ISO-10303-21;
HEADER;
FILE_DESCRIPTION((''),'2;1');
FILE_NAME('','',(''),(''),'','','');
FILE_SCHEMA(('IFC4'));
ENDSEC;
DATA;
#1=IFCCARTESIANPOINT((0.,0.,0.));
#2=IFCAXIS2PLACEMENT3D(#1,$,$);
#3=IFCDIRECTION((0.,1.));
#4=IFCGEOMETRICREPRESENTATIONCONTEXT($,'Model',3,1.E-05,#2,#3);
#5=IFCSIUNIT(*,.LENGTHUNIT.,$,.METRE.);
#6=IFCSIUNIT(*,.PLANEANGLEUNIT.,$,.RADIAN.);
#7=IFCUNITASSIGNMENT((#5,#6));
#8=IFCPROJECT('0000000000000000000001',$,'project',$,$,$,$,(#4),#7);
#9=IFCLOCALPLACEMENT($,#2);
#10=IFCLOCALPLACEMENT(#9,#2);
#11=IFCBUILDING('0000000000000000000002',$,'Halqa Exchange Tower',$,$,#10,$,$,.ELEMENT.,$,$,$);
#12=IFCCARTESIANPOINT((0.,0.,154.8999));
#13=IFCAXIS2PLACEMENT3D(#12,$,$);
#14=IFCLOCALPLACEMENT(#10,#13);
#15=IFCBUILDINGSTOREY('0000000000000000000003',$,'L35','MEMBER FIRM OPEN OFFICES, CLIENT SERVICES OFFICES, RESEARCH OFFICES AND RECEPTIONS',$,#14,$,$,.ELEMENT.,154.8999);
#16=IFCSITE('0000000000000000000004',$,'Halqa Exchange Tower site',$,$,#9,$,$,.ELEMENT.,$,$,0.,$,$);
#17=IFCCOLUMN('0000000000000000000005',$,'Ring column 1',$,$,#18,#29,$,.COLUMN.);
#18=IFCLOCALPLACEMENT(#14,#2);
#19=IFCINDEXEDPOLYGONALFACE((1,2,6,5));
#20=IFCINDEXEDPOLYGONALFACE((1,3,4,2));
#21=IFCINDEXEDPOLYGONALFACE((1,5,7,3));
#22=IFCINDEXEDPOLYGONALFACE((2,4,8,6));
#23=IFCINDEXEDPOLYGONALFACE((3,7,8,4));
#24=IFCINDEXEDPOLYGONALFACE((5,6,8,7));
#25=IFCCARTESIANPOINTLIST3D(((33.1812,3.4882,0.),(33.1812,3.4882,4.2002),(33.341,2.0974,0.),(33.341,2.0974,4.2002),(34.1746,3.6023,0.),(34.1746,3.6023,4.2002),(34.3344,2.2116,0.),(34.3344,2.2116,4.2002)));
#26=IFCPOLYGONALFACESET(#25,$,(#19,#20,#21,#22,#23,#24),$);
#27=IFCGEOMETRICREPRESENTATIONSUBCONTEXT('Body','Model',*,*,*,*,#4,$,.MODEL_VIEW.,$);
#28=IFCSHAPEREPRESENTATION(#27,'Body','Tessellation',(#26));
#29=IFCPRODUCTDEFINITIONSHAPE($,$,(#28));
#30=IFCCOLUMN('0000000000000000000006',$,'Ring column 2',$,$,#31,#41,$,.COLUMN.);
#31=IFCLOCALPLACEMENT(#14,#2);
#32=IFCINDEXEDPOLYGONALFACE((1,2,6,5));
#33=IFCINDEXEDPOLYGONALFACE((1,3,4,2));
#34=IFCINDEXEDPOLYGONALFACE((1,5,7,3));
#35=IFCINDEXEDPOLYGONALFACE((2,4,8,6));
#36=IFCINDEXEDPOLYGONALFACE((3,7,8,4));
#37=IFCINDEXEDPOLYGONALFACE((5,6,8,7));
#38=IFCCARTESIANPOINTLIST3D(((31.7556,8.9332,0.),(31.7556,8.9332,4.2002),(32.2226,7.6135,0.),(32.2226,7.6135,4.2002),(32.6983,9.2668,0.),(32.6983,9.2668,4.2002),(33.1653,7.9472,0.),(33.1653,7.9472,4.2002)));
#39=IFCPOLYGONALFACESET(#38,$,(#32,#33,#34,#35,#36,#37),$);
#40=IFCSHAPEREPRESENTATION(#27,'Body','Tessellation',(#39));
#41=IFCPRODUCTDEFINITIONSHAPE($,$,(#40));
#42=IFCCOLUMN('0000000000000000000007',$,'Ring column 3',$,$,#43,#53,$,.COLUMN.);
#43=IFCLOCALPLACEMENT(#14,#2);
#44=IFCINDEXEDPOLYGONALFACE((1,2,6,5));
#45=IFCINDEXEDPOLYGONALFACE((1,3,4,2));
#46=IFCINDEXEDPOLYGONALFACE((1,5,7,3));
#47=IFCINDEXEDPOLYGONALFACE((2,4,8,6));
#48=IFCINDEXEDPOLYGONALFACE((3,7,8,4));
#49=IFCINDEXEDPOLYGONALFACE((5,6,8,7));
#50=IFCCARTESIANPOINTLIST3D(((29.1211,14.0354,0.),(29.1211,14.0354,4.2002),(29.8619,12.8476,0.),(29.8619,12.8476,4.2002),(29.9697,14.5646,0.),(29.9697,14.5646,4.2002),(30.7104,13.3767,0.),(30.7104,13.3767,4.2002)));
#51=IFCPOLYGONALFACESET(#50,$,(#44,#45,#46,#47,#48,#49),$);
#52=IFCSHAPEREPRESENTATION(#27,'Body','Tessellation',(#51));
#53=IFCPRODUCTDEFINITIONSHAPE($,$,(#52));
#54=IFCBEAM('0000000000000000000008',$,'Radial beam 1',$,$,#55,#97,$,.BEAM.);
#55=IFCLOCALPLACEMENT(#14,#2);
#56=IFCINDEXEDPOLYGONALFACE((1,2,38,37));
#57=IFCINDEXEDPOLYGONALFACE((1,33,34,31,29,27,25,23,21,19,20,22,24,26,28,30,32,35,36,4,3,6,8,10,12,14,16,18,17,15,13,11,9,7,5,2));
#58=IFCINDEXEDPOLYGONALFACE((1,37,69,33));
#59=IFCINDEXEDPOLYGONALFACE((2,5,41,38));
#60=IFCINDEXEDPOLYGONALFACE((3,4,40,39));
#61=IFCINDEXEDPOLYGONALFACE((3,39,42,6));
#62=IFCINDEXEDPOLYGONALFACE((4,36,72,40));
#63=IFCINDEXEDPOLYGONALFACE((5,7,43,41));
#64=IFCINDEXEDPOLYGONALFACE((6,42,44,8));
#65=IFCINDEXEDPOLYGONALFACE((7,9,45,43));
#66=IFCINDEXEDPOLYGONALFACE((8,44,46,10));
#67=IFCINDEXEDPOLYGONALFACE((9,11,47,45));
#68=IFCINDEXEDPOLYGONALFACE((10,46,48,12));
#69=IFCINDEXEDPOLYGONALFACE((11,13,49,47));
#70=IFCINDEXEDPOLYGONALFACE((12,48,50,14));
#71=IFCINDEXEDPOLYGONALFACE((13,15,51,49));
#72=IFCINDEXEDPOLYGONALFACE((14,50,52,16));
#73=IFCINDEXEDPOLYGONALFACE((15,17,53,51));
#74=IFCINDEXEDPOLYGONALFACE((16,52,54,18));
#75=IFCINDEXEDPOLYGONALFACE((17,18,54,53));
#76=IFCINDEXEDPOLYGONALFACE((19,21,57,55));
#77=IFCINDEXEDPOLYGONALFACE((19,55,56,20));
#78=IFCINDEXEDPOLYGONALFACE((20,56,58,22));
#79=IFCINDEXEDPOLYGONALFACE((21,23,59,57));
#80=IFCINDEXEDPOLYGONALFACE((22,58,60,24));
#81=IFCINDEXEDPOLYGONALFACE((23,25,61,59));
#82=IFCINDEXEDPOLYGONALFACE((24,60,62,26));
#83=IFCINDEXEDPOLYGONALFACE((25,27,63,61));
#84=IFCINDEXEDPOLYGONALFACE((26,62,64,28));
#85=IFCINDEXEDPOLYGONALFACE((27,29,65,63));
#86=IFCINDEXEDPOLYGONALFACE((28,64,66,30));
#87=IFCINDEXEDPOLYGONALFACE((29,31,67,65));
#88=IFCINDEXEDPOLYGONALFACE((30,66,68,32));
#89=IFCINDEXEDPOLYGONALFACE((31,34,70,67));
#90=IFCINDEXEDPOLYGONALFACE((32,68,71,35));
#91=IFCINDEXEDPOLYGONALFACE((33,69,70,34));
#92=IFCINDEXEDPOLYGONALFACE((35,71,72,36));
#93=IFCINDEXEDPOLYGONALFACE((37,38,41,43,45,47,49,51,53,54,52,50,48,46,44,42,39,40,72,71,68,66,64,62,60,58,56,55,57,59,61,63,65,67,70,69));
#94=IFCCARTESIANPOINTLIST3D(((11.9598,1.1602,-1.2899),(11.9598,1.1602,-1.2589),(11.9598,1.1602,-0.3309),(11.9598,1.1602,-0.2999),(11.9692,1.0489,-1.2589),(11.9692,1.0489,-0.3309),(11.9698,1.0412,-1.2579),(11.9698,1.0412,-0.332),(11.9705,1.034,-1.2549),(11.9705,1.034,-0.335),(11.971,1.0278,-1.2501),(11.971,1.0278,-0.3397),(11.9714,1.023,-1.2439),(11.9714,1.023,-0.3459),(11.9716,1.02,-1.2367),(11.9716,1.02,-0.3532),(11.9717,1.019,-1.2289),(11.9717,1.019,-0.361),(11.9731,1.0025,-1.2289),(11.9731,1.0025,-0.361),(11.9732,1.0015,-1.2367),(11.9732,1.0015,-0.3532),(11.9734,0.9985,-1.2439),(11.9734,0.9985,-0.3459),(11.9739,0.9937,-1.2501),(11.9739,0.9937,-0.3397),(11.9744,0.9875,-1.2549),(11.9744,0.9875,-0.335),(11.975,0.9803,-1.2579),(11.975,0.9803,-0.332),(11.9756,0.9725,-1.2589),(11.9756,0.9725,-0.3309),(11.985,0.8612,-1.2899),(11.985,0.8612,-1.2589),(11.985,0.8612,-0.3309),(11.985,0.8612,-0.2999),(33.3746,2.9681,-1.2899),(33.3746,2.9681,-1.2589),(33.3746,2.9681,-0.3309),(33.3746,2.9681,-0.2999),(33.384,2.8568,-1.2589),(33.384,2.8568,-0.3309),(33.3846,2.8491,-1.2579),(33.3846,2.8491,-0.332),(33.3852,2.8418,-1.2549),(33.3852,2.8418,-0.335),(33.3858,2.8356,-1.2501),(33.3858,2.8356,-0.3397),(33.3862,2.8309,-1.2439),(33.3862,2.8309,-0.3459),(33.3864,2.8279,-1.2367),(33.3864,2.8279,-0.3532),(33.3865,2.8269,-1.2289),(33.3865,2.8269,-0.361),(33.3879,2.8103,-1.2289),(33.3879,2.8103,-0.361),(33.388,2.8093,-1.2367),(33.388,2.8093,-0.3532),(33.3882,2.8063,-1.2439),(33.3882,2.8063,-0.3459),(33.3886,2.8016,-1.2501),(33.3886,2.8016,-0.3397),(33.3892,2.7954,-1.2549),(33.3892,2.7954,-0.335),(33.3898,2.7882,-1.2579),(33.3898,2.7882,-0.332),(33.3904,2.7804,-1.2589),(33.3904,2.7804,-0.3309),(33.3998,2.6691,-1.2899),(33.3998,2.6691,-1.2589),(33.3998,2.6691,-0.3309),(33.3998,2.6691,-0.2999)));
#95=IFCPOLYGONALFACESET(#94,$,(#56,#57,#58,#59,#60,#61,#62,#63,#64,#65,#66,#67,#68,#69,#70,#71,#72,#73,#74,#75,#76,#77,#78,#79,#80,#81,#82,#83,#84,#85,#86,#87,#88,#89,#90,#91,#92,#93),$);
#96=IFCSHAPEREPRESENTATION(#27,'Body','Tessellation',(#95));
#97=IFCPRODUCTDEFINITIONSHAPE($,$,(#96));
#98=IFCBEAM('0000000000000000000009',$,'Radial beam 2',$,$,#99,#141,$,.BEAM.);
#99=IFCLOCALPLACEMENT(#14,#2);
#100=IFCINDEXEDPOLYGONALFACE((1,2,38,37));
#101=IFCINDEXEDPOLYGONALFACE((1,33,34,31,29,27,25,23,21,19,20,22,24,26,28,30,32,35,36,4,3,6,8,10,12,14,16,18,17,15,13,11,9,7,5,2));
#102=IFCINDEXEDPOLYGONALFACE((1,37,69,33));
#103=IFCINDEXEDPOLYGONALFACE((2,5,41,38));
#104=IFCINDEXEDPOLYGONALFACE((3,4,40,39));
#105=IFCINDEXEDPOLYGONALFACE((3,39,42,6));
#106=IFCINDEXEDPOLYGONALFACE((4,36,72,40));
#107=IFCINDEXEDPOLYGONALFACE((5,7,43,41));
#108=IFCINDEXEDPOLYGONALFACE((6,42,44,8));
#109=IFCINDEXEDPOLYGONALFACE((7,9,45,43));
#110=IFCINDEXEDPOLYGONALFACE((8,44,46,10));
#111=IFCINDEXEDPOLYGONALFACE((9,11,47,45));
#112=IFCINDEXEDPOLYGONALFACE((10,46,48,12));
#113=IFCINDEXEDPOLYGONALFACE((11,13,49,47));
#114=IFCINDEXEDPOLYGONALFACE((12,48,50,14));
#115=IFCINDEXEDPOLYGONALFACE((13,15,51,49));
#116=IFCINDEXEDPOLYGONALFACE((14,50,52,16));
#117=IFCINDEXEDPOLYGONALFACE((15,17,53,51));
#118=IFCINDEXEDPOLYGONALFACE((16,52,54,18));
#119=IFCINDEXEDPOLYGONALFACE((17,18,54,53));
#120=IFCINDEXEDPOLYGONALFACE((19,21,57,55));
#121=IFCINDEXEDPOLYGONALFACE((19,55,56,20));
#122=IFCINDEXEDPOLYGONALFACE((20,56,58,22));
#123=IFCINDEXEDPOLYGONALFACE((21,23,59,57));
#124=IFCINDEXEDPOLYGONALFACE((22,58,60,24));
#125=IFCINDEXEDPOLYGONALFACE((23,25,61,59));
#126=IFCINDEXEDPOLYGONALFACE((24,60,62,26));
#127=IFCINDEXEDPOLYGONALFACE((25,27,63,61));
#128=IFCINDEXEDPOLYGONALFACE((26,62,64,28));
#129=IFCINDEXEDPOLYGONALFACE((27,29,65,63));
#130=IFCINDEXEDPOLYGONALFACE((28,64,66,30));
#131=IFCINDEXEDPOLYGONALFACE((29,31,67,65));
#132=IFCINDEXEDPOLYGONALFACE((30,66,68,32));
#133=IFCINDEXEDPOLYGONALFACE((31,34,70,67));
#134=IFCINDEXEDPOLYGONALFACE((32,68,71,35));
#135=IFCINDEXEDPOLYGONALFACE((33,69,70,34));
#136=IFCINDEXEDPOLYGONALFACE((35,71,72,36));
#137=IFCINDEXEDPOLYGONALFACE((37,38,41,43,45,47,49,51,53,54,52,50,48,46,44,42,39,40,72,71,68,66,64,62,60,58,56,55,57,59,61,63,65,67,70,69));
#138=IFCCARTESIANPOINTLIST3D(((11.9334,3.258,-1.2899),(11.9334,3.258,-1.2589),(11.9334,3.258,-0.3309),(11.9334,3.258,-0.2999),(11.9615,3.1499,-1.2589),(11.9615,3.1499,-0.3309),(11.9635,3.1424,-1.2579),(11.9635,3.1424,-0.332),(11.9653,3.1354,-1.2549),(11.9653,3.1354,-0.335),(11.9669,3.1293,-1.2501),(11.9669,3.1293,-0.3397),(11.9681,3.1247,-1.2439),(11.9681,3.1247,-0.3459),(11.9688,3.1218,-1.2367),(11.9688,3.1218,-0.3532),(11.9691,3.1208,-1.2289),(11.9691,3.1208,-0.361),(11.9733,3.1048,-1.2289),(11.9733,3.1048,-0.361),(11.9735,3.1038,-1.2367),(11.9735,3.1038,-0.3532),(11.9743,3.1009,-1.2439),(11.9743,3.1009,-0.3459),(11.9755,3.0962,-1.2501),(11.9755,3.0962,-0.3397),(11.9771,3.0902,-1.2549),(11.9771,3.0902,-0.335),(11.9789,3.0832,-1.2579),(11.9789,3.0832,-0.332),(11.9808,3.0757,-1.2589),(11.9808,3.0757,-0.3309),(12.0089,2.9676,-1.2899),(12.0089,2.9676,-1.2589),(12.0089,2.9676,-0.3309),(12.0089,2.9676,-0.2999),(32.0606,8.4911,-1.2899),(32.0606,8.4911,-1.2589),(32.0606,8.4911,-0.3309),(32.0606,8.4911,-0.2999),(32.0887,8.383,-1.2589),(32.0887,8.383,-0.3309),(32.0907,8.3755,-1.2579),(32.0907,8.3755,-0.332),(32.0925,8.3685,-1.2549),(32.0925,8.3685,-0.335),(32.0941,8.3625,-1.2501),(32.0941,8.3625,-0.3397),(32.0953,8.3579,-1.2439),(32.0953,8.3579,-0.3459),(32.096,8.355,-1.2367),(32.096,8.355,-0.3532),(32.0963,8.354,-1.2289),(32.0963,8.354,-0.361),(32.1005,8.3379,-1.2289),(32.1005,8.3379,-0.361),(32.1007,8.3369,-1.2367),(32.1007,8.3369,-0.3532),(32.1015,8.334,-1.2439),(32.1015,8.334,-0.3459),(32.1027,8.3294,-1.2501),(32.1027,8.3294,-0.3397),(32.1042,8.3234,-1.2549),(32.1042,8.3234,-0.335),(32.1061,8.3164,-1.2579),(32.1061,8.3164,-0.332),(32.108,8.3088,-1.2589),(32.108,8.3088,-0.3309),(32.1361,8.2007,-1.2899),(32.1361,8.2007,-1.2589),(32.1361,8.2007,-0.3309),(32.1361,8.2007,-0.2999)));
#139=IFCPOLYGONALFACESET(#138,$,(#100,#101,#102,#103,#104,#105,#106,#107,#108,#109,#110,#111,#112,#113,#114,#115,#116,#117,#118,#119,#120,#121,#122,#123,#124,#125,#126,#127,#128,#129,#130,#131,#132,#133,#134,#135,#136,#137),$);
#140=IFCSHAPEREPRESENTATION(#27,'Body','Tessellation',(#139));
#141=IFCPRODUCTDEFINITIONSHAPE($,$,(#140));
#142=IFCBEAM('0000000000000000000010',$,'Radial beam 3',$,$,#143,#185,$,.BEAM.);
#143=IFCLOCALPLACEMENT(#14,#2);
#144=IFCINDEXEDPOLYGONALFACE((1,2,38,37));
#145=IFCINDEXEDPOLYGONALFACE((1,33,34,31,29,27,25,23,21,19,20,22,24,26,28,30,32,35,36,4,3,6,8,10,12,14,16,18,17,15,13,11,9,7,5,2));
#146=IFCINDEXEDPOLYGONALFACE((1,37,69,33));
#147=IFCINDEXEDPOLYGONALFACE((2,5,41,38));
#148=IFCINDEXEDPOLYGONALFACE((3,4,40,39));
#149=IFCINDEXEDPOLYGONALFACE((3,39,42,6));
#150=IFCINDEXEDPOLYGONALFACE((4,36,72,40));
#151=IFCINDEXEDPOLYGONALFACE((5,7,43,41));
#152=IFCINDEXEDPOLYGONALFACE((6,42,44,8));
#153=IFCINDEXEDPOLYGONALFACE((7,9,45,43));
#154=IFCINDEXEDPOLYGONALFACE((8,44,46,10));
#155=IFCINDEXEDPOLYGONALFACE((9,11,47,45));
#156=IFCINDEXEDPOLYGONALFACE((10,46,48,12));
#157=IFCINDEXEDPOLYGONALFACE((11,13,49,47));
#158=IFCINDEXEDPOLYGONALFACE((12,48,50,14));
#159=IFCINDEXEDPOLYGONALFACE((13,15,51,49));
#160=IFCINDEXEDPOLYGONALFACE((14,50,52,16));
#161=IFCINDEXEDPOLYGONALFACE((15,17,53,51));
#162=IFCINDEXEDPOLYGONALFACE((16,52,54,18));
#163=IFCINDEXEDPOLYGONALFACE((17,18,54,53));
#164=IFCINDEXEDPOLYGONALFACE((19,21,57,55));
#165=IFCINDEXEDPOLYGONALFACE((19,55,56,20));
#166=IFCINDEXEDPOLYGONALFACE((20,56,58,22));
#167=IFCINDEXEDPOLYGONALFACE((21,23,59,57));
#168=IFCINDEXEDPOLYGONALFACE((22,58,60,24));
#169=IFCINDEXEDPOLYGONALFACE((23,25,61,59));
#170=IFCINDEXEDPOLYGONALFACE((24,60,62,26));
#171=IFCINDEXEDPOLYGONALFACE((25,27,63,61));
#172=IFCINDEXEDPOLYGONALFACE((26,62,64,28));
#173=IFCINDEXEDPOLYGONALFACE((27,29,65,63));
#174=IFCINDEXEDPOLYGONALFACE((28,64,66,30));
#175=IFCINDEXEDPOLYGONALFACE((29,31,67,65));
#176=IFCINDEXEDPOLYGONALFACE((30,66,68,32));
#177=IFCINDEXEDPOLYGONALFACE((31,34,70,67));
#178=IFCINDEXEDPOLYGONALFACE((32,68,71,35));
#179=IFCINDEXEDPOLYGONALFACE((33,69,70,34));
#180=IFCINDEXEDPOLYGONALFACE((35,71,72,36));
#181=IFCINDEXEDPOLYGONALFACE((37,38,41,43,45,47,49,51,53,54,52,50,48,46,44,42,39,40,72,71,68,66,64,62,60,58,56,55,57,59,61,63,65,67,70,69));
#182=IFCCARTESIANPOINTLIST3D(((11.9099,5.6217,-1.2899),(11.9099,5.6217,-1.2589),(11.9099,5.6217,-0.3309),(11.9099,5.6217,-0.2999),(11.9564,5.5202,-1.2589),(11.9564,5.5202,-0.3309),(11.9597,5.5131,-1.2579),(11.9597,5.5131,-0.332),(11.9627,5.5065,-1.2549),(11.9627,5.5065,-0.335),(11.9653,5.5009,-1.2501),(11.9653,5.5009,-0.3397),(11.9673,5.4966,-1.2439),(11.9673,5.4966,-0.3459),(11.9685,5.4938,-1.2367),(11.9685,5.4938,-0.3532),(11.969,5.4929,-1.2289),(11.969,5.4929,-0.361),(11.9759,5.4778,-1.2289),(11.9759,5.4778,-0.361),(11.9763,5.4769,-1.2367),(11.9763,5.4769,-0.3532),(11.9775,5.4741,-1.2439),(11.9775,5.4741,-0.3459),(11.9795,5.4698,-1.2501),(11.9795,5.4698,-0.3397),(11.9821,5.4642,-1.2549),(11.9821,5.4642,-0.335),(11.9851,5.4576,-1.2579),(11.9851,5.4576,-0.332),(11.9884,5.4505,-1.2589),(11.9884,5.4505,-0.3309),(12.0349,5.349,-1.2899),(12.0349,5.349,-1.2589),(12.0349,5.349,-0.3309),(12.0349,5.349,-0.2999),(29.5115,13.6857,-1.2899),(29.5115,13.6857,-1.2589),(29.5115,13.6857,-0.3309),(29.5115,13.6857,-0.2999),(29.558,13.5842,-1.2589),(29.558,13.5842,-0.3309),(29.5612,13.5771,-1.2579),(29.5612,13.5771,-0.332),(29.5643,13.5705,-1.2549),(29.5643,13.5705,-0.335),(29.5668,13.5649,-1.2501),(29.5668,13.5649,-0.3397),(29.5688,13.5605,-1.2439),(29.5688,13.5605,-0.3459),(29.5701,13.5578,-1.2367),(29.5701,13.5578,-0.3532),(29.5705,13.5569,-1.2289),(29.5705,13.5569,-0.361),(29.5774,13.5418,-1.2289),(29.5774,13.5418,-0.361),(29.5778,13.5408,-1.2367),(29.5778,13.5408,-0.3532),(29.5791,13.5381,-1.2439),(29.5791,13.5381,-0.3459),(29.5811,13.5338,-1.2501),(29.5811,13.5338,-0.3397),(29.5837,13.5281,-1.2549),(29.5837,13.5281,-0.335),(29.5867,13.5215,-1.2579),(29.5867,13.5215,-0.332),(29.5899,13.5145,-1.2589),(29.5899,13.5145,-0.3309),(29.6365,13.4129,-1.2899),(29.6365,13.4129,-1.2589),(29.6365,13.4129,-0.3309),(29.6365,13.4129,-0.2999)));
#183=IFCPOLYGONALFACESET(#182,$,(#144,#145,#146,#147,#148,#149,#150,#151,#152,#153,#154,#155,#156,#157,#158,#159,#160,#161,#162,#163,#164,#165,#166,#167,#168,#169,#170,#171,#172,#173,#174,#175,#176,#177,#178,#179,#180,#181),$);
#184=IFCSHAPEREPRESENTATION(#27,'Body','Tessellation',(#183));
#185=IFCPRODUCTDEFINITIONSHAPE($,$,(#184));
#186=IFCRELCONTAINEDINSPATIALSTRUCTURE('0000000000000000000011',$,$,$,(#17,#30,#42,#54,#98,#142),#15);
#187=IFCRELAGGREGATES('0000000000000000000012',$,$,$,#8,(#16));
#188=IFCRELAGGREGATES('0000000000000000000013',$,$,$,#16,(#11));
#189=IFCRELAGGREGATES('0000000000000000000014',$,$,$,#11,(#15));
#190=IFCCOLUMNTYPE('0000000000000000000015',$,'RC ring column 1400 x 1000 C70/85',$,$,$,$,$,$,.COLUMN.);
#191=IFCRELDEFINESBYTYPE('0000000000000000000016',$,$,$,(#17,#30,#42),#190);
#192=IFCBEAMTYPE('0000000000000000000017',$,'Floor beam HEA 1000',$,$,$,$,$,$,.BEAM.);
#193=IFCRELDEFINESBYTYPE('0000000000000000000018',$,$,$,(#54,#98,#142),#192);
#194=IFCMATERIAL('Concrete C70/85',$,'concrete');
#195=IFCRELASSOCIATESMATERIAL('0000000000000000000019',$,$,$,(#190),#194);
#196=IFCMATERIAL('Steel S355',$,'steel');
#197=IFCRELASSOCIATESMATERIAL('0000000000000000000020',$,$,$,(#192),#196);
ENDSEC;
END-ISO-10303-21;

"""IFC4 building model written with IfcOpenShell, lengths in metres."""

from ifc_helpers import new_model, si_unit, direction, frame, origin, origin_2d, place, context, subcontext, project, spatial, rectangle, i_section, extrude, material, material_profile, profile_set, type_object, element, save


model = new_model("IFC4")

# Units and contexts
model_context = context("Model", 3, precision=1e-05, world=origin(), true_north=direction((0.0, 1.0)))
body_context = subcontext(model_context, "Body", "Model", "MODEL_VIEW")
ifc_project = project(units=[si_unit("LENGTHUNIT", "METRE"), si_unit("PLANEANGLEUNIT", "RADIAN")], contexts=[model_context])

# Site, building, storey
site_placement = place(None, origin())
site = spatial("IfcSite", under=ifc_project, at=site_placement, Name="Halqa Exchange Tower site", CompositionType="ELEMENT", RefElevation=0.0)
building_placement = place(site_placement, origin())
building = spatial("IfcBuilding", under=site, at=building_placement, Name="Halqa Exchange Tower", CompositionType="ELEMENT")
storey_placement = place(building_placement, frame((0.0, 0.0, 154.8999)))
storey = spatial("IfcBuildingStorey", under=building, at=storey_placement, Name="L35", Description="MEMBER FIRM OPEN OFFICES, CLIENT SERVICES OFFICES, RESEARCH OFFICES AND RECEPTIONS", CompositionType="ELEMENT", Elevation=154.8999)

# Columns
ifc_material_1 = material(Name="Concrete C70/85", Category="concrete")
ifc_material_profile_1 = material_profile(ifc_material_1, rectangle(XDim=1.3999, YDim=1.0, at=origin_2d()), Name="1400 x 1000")
ifc_profile_set_1 = profile_set([ifc_material_profile_1], Name="Concrete C70/85")
column_type = type_object("IfcColumnType", Name="RC ring column 1400 x 1000 C70/85", PredefinedType="COLUMN", material=ifc_profile_set_1)
for number, where, z_axis, x_axis, name in (
    (1, (33.7578, 2.8499, 0.0), (0.0, 0.0, 1.0), (-0.114155, 0.993463, 0.0), "Ring column 1"),
    (2, (32.4604, 8.4402, 0.0), (0.0, 0.0, 1.0), (-0.333634, 0.942703, 0.0), "Ring column 2"),
    (3, (29.9158, 13.7061, 0.0), (0.0, 0.0, 1.0), (-0.529143, 0.848532, 0.0), "Ring column 3"),
):
    element("IfcColumn", number, at=place(storey_placement, frame(where, z_axis=z_axis, x_axis=x_axis)), inside=storey, type_object=column_type, Name=name, PredefinedType="COLUMN", context=body_context, shape_type="SweptSolid", body=[
        extrude(rectangle(XDim=1.3999, YDim=1.0, at=origin_2d()), origin(), (0.0, 0.0, 1.0), 4.2002),
    ])

# Beams
ifc_material_2 = material(Name="Steel S355", Category="steel")
ifc_material_profile_2 = material_profile(ifc_material_2, i_section(OverallWidth=0.3, OverallDepth=0.99, WebThickness=0.0166, FlangeThickness=0.031, FilletRadius=0.03, at=origin_2d()), Name="HEA 1000")
ifc_profile_set_2 = profile_set([ifc_material_profile_2], Name="Steel S355")
beam_type_1 = type_object("IfcBeamType", Name="Floor beam HEA 1000", PredefinedType="BEAM", material=ifc_profile_set_2)
beam_1_placement = place(storey_placement, frame((11.9724, 1.0107, -0.7949), z_axis=(0.996455, 0.084122, 0.0), x_axis=(-0.084122, 0.996455, 0.0)))
element("IfcBeam", 4, at=beam_1_placement, inside=storey, type_object=beam_type_1, Name="Radial beam 1", PredefinedType="BEAM", context=body_context, shape_type="SweptSolid", body=[
    extrude(i_section(OverallWidth=0.3, OverallDepth=0.99, WebThickness=0.0166, FlangeThickness=0.031, FilletRadius=0.03, at=origin_2d()), origin(), (0.0, 0.0, 1.0), 21.491),
])
beam_2_placement = place(storey_placement, frame((11.9712, 3.1128, -0.7949), z_axis=(0.967822, 0.251638, 0.0), x_axis=(-0.251638, 0.967822, 0.0)))
element("IfcBeam", 5, at=beam_2_placement, inside=storey, type_object=beam_type_1, Name="Radial beam 2", PredefinedType="BEAM", context=body_context, shape_type="SweptSolid", body=[
    extrude(i_section(OverallWidth=0.3, OverallDepth=0.99, WebThickness=0.0166, FlangeThickness=0.031, FilletRadius=0.03, at=origin_2d()), origin(), (0.0, 0.0, 1.0), 20.7964),
])
beam_3_placement = place(storey_placement, frame((11.9724, 5.4854, -0.7949), z_axis=(0.909132, 0.416509, 0.0), x_axis=(-0.416509, 0.909132, 0.0)))
element("IfcBeam", 6, at=beam_3_placement, inside=storey, type_object=beam_type_1, Name="Radial beam 3", PredefinedType="BEAM", context=body_context, shape_type="SweptSolid", body=[
    extrude(i_section(OverallWidth=0.3, OverallDepth=0.99, WebThickness=0.0166, FlangeThickness=0.031, FilletRadius=0.03, at=origin_2d()), origin(), (0.0, 0.0, 1.0), 19.3608),
])

save(model, "model.ifc")
